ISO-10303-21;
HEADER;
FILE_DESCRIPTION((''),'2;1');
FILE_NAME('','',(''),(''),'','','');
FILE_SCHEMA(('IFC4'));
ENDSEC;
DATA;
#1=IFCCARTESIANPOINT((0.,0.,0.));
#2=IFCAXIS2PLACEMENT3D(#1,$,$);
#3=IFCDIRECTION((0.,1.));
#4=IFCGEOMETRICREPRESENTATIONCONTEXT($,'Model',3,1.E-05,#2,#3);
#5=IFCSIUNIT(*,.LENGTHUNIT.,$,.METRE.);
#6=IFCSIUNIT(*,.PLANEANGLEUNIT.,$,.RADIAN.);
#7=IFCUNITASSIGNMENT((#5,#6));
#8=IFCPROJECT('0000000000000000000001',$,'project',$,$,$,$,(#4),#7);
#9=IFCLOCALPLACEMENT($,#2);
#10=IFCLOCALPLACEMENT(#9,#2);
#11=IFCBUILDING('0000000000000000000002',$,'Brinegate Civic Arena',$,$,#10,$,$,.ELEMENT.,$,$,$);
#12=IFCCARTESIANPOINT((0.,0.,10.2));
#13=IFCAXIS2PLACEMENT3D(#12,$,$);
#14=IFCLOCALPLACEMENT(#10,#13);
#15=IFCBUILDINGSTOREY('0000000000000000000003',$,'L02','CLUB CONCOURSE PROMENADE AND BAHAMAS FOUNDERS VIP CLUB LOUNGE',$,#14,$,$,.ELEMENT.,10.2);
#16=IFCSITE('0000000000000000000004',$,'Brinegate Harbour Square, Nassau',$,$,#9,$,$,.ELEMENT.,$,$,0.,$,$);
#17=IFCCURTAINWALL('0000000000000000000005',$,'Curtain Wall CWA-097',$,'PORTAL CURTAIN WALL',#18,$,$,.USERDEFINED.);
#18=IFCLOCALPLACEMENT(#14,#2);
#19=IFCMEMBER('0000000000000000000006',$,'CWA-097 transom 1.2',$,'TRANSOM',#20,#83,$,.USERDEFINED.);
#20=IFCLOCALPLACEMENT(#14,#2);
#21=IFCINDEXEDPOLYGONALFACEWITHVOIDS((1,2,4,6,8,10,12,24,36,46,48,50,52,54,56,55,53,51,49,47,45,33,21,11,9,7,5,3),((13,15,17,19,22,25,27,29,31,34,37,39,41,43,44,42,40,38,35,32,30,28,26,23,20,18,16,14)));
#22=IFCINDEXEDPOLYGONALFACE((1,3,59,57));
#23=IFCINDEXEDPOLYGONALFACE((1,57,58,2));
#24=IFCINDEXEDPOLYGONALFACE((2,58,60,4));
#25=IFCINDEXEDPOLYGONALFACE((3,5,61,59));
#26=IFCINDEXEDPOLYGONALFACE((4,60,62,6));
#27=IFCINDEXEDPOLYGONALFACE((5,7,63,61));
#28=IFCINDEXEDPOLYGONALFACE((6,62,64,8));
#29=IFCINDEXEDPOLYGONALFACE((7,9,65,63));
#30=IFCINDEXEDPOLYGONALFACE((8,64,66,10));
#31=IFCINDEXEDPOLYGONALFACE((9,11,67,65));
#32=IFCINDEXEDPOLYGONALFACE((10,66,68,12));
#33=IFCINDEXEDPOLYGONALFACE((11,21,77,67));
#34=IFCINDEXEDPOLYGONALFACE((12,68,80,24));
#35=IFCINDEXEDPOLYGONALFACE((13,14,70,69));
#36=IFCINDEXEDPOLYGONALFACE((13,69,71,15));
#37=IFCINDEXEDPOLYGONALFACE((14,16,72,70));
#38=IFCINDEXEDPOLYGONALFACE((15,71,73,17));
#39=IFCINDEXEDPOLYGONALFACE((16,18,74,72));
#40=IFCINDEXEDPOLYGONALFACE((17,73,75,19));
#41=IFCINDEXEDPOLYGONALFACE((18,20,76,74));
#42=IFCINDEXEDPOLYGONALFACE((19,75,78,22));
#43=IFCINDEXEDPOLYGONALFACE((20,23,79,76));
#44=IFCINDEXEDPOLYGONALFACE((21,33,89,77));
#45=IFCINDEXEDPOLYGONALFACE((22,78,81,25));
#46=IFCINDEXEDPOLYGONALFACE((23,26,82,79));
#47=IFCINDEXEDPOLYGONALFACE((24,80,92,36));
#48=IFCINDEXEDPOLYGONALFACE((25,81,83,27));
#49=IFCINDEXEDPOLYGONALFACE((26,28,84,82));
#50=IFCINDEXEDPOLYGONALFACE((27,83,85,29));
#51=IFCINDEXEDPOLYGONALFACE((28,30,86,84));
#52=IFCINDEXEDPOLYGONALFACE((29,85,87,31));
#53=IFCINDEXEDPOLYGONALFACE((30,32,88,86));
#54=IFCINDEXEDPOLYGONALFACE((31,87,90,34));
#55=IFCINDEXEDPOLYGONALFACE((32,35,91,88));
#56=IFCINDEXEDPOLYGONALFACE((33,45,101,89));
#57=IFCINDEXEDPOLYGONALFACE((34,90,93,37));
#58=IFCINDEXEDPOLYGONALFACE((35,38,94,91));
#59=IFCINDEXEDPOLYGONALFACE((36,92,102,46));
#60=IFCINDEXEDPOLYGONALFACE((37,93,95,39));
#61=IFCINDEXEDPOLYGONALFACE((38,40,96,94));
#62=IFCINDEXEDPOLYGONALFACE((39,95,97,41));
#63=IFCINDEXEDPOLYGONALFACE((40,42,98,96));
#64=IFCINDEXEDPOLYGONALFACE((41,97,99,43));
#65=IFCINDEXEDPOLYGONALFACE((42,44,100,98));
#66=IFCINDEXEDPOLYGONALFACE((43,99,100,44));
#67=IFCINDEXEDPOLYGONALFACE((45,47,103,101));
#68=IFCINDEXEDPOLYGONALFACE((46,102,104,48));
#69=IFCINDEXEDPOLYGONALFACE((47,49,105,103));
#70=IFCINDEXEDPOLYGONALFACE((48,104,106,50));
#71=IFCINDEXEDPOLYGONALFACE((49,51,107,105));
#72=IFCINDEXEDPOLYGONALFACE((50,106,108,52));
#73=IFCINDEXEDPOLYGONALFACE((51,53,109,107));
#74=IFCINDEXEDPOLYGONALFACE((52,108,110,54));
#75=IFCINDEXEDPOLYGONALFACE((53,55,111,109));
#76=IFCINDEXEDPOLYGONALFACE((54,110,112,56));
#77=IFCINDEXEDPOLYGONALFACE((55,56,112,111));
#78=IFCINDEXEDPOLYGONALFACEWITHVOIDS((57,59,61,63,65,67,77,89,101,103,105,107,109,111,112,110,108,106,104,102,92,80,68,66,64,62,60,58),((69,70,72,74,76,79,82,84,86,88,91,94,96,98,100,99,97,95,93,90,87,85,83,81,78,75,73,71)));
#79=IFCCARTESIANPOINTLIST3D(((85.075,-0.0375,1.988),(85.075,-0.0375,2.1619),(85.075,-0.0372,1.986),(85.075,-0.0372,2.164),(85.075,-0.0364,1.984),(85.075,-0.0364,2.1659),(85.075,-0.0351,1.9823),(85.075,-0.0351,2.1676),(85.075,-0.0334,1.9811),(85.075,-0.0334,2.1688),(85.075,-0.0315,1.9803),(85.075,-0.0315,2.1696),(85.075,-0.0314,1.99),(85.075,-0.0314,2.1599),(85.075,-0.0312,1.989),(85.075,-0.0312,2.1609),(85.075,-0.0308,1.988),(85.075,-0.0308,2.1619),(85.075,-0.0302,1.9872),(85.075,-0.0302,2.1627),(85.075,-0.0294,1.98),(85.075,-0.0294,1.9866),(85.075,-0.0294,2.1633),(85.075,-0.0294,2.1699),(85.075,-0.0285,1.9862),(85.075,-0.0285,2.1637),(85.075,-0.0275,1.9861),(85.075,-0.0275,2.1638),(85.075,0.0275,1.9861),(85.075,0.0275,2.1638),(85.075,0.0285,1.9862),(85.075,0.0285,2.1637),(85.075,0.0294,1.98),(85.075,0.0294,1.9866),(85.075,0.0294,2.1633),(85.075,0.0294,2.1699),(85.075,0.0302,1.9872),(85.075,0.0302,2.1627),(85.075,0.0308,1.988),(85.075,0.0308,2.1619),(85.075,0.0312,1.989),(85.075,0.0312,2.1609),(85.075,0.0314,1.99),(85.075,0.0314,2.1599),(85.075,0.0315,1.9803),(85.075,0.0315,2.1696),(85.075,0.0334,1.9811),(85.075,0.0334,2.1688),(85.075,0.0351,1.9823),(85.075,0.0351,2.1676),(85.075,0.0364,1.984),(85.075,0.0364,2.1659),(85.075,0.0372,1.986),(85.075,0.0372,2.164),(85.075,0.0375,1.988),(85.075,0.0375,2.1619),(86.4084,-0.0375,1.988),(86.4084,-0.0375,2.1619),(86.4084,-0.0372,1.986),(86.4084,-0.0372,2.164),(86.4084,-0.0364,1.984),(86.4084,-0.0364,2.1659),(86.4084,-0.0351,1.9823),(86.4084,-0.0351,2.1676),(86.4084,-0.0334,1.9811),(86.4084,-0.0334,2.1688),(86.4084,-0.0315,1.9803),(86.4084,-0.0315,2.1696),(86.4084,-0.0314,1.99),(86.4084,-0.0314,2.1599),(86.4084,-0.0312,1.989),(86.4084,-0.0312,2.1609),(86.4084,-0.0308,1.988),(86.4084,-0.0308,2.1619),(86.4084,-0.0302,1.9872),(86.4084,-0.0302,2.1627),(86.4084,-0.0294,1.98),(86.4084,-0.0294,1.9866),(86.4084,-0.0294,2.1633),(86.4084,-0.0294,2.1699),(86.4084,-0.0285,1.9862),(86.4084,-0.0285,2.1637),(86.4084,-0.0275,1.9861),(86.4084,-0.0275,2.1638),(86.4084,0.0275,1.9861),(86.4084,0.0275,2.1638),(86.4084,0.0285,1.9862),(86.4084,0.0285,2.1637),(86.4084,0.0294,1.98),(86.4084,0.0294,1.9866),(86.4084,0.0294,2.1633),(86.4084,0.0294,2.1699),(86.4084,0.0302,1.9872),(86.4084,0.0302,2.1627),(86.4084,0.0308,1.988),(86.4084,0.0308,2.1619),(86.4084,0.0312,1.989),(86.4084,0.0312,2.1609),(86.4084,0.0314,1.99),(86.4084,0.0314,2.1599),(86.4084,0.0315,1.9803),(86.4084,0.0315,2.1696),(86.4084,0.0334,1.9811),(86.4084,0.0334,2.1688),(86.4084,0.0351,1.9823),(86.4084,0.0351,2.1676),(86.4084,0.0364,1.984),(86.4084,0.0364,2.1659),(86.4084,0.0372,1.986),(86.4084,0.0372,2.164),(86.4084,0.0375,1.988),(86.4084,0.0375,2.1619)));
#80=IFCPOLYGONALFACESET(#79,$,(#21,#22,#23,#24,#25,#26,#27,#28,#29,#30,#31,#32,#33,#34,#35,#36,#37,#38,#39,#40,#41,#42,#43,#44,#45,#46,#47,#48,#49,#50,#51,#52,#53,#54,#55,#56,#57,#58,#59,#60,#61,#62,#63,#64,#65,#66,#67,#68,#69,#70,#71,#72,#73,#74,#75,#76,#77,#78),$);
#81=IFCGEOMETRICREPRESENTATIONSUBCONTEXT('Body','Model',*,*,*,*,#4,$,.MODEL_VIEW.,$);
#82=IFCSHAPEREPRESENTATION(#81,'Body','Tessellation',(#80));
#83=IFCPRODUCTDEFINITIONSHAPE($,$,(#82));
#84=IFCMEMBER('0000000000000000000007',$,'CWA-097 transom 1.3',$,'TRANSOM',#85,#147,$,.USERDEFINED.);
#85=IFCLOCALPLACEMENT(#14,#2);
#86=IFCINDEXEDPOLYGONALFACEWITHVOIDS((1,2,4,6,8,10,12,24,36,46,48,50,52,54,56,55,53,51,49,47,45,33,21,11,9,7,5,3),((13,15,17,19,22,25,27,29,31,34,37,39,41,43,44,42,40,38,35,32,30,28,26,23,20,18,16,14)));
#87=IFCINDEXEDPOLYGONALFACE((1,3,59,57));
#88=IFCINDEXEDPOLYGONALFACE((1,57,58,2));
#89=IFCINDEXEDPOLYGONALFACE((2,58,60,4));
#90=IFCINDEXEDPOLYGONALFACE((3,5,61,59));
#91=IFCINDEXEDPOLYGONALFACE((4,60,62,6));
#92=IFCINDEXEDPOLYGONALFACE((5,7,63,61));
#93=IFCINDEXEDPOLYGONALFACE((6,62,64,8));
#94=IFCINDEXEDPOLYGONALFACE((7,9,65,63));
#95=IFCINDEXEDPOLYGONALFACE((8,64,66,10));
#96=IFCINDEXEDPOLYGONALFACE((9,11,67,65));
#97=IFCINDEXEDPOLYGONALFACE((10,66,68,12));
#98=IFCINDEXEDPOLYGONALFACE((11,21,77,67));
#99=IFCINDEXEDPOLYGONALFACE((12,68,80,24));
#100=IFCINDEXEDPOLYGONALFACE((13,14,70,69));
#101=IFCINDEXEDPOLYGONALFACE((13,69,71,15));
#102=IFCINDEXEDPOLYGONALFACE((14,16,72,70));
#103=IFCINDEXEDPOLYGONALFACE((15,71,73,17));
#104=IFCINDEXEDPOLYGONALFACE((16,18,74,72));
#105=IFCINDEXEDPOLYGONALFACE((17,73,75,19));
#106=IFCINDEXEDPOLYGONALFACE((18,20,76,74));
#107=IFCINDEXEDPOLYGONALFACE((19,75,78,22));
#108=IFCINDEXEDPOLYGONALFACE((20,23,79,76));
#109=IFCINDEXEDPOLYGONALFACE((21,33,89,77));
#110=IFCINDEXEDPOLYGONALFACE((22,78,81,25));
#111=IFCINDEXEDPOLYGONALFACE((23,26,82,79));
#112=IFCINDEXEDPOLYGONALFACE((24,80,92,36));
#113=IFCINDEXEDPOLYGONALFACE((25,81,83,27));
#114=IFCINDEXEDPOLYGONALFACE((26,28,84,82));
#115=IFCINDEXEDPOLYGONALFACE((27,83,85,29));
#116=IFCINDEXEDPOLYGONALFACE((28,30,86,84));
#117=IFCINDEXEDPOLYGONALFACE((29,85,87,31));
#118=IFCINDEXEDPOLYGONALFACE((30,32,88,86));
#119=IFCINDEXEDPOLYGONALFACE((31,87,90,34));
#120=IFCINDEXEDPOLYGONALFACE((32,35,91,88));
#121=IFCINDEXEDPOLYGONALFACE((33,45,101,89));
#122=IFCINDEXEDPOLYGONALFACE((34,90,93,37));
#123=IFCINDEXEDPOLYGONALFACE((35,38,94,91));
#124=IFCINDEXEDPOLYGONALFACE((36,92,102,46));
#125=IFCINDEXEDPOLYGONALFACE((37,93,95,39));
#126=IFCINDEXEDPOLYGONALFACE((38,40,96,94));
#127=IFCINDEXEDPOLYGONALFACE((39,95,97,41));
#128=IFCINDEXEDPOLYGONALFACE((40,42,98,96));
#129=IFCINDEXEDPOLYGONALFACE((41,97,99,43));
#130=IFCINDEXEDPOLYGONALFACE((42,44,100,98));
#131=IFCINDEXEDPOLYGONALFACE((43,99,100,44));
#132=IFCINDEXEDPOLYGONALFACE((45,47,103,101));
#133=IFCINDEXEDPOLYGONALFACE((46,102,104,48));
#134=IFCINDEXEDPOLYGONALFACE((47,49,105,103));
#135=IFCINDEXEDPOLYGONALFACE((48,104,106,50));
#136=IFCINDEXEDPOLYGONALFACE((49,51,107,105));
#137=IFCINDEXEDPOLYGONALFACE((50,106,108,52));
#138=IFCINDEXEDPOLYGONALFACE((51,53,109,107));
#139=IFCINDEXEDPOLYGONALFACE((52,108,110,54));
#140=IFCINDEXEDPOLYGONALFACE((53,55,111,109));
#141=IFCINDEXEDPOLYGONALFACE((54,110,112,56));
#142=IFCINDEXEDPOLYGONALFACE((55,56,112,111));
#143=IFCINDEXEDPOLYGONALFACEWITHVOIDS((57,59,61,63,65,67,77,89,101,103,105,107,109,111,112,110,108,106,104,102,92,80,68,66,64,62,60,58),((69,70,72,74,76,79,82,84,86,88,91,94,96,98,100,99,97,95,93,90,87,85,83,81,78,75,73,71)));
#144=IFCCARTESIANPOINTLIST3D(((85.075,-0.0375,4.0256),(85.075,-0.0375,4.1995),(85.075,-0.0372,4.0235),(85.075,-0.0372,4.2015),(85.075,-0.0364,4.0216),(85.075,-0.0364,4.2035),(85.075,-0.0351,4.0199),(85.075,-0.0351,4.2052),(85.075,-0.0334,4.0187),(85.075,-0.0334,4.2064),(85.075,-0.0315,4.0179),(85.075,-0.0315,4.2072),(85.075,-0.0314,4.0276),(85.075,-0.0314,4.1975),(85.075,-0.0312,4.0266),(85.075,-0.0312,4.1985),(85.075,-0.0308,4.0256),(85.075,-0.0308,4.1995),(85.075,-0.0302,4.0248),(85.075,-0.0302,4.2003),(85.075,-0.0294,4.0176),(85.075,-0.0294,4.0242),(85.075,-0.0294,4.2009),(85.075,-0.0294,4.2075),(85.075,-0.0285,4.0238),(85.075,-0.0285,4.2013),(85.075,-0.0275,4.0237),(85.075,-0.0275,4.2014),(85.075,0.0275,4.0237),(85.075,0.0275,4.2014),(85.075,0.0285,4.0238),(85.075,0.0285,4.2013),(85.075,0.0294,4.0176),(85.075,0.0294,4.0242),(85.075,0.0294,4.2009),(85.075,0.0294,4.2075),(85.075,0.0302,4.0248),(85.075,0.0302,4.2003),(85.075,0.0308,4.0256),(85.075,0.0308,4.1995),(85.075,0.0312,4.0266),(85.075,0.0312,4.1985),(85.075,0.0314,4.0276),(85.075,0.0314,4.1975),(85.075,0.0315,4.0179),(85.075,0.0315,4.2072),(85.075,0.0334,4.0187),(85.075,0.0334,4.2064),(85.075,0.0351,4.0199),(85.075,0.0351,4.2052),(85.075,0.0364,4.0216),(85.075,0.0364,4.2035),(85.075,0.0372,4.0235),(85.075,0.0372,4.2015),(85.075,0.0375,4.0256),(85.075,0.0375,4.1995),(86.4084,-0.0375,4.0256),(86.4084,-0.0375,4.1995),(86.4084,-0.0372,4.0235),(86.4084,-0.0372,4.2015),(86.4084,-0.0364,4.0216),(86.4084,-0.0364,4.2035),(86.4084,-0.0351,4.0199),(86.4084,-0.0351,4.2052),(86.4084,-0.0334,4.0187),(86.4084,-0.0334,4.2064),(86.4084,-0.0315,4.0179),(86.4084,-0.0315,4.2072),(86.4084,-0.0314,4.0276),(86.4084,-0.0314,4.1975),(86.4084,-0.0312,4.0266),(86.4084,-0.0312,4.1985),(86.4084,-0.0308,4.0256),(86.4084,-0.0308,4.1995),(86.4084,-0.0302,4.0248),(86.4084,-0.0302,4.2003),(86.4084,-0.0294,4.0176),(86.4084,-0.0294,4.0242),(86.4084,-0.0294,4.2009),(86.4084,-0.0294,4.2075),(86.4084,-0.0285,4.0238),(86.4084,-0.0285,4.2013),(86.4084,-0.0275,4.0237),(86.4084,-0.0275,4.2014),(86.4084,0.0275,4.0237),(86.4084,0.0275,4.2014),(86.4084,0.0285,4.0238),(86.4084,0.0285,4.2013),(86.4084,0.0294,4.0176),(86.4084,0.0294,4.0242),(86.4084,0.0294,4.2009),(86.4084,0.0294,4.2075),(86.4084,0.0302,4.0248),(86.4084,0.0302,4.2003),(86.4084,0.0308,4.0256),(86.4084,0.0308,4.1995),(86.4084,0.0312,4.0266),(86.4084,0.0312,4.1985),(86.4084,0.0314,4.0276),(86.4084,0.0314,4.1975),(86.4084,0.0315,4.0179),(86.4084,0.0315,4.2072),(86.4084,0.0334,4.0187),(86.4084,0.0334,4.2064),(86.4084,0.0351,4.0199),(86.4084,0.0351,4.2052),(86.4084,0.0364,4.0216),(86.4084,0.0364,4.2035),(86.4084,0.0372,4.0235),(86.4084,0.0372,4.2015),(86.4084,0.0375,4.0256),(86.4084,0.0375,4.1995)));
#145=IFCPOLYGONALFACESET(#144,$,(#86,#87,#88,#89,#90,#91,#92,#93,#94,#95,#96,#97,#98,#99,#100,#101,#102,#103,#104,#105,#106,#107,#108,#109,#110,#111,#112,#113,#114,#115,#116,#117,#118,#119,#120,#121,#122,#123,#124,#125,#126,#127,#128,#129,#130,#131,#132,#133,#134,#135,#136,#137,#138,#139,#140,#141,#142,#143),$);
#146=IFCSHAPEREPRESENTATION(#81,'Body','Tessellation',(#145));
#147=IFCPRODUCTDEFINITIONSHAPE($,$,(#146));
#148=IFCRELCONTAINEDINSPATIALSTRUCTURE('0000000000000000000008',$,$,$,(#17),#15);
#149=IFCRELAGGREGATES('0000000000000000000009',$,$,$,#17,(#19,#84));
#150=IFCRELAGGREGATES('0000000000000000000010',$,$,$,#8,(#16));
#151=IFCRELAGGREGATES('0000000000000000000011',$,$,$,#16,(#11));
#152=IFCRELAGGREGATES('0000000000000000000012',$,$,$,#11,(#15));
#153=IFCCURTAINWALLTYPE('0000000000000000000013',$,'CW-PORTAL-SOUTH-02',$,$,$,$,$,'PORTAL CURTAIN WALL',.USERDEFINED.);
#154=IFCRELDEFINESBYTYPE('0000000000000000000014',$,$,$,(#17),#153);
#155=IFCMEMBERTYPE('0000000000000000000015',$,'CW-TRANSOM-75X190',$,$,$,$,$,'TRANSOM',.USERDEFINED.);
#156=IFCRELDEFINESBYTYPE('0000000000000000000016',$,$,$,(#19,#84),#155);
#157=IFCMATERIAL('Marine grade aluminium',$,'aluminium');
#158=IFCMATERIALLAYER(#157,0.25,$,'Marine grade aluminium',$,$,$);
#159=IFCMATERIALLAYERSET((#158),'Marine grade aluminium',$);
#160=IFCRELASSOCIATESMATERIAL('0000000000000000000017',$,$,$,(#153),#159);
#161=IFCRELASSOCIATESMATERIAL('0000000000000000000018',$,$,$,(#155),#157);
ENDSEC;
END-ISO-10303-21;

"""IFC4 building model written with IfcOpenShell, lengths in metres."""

from ifc_helpers import new_model, si_unit, direction, frame, origin, origin_2d, place, context, subcontext, project, spatial, hollow_rectangle, extrude, material, layer, layer_set, material_profile, profile_set, type_object, element, aggregate, save


model = new_model("IFC4")

# Units and contexts
model_context = context("Model", 3, precision=1e-05, world=origin(), true_north=direction((0.0, 1.0)))
body_context = subcontext(model_context, "Body", "Model", "MODEL_VIEW")
ifc_project = project(units=[si_unit("LENGTHUNIT", "METRE"), si_unit("PLANEANGLEUNIT", "RADIAN")], contexts=[model_context])

# Site, building, storey
site_placement = place(None, origin())
site = spatial("IfcSite", under=ifc_project, at=site_placement, Name="Brinegate Harbour Square, Nassau", CompositionType="ELEMENT", RefElevation=0.0)
building_placement = place(site_placement, origin())
building = spatial("IfcBuilding", under=site, at=building_placement, Name="Brinegate Civic Arena", CompositionType="ELEMENT")
storey_placement = place(building_placement, frame((0.0, 0.0, 10.2)))
storey = spatial("IfcBuildingStorey", under=building, at=storey_placement, Name="L02", Description="CLUB CONCOURSE PROMENADE AND BAHAMAS FOUNDERS VIP CLUB LOUNGE", CompositionType="ELEMENT", Elevation=10.2)

# Curtain wall
ifc_material_1 = material(Name="Marine grade aluminium", Category="aluminium")
ifc_layer_1 = layer(ifc_material_1, 0.25, Name="Marine grade aluminium")
ifc_layer_set_1 = layer_set([ifc_layer_1], Name="Marine grade aluminium")
curtain_wall_type = type_object("IfcCurtainWallType", Name="CW-PORTAL-SOUTH-02", ElementType="PORTAL CURTAIN WALL", PredefinedType="USERDEFINED", material=ifc_layer_set_1)
curtain_wall_1_placement = place(storey_placement, origin())
curtain_wall_1 = element("IfcCurtainWall", 1, at=curtain_wall_1_placement, inside=storey, type_object=curtain_wall_type, Name="Curtain Wall CWA-097", ObjectType="PORTAL CURTAIN WALL", PredefinedType="USERDEFINED")

# Members
ifc_material_profile_1 = material_profile(ifc_material_1, hollow_rectangle(XDim=0.075, YDim=0.1899, WallThickness=0.0061, InnerFilletRadius=0.0039, OuterFilletRadius=0.0081, at=origin_2d()), Name="TRN75X190")
ifc_profile_set_1 = profile_set([ifc_material_profile_1], Name="Marine grade aluminium")
member_type_1 = type_object("IfcMemberType", Name="CW-TRANSOM-75X190", ElementType="TRANSOM", PredefinedType="USERDEFINED", material=ifc_profile_set_1)
member_1_placement = place(storey_placement, frame((85.075, 0.0, 2.075), z_axis=(1.0, 0.0, 0.0), x_axis=(0.0, 1.0, 0.0)))
member_1 = element("IfcMember", 2, at=member_1_placement, type_object=member_type_1, Name="CWA-097 transom 1.2", ObjectType="TRANSOM", PredefinedType="USERDEFINED", context=body_context, shape_type="SweptSolid", body=[
    extrude(hollow_rectangle(XDim=0.075, YDim=0.1899, WallThickness=0.0061, InnerFilletRadius=0.0039, OuterFilletRadius=0.0081, at=origin_2d()), origin(), (0.0, 0.0, 1.0), 1.3335),
])
member_2_placement = place(storey_placement, frame((85.075, 0.0, 4.1125), z_axis=(1.0, 0.0, 0.0), x_axis=(0.0, 1.0, 0.0)))
member_2 = element("IfcMember", 3, at=member_2_placement, type_object=member_type_1, Name="CWA-097 transom 1.3", ObjectType="TRANSOM", PredefinedType="USERDEFINED", context=body_context, shape_type="SweptSolid", body=[
    extrude(hollow_rectangle(XDim=0.075, YDim=0.1899, WallThickness=0.0061, InnerFilletRadius=0.0039, OuterFilletRadius=0.0081, at=origin_2d()), origin(), (0.0, 0.0, 1.0), 1.3335),
])

aggregate(curtain_wall_1, [member_1, member_2])

save(model, "model.ifc")
